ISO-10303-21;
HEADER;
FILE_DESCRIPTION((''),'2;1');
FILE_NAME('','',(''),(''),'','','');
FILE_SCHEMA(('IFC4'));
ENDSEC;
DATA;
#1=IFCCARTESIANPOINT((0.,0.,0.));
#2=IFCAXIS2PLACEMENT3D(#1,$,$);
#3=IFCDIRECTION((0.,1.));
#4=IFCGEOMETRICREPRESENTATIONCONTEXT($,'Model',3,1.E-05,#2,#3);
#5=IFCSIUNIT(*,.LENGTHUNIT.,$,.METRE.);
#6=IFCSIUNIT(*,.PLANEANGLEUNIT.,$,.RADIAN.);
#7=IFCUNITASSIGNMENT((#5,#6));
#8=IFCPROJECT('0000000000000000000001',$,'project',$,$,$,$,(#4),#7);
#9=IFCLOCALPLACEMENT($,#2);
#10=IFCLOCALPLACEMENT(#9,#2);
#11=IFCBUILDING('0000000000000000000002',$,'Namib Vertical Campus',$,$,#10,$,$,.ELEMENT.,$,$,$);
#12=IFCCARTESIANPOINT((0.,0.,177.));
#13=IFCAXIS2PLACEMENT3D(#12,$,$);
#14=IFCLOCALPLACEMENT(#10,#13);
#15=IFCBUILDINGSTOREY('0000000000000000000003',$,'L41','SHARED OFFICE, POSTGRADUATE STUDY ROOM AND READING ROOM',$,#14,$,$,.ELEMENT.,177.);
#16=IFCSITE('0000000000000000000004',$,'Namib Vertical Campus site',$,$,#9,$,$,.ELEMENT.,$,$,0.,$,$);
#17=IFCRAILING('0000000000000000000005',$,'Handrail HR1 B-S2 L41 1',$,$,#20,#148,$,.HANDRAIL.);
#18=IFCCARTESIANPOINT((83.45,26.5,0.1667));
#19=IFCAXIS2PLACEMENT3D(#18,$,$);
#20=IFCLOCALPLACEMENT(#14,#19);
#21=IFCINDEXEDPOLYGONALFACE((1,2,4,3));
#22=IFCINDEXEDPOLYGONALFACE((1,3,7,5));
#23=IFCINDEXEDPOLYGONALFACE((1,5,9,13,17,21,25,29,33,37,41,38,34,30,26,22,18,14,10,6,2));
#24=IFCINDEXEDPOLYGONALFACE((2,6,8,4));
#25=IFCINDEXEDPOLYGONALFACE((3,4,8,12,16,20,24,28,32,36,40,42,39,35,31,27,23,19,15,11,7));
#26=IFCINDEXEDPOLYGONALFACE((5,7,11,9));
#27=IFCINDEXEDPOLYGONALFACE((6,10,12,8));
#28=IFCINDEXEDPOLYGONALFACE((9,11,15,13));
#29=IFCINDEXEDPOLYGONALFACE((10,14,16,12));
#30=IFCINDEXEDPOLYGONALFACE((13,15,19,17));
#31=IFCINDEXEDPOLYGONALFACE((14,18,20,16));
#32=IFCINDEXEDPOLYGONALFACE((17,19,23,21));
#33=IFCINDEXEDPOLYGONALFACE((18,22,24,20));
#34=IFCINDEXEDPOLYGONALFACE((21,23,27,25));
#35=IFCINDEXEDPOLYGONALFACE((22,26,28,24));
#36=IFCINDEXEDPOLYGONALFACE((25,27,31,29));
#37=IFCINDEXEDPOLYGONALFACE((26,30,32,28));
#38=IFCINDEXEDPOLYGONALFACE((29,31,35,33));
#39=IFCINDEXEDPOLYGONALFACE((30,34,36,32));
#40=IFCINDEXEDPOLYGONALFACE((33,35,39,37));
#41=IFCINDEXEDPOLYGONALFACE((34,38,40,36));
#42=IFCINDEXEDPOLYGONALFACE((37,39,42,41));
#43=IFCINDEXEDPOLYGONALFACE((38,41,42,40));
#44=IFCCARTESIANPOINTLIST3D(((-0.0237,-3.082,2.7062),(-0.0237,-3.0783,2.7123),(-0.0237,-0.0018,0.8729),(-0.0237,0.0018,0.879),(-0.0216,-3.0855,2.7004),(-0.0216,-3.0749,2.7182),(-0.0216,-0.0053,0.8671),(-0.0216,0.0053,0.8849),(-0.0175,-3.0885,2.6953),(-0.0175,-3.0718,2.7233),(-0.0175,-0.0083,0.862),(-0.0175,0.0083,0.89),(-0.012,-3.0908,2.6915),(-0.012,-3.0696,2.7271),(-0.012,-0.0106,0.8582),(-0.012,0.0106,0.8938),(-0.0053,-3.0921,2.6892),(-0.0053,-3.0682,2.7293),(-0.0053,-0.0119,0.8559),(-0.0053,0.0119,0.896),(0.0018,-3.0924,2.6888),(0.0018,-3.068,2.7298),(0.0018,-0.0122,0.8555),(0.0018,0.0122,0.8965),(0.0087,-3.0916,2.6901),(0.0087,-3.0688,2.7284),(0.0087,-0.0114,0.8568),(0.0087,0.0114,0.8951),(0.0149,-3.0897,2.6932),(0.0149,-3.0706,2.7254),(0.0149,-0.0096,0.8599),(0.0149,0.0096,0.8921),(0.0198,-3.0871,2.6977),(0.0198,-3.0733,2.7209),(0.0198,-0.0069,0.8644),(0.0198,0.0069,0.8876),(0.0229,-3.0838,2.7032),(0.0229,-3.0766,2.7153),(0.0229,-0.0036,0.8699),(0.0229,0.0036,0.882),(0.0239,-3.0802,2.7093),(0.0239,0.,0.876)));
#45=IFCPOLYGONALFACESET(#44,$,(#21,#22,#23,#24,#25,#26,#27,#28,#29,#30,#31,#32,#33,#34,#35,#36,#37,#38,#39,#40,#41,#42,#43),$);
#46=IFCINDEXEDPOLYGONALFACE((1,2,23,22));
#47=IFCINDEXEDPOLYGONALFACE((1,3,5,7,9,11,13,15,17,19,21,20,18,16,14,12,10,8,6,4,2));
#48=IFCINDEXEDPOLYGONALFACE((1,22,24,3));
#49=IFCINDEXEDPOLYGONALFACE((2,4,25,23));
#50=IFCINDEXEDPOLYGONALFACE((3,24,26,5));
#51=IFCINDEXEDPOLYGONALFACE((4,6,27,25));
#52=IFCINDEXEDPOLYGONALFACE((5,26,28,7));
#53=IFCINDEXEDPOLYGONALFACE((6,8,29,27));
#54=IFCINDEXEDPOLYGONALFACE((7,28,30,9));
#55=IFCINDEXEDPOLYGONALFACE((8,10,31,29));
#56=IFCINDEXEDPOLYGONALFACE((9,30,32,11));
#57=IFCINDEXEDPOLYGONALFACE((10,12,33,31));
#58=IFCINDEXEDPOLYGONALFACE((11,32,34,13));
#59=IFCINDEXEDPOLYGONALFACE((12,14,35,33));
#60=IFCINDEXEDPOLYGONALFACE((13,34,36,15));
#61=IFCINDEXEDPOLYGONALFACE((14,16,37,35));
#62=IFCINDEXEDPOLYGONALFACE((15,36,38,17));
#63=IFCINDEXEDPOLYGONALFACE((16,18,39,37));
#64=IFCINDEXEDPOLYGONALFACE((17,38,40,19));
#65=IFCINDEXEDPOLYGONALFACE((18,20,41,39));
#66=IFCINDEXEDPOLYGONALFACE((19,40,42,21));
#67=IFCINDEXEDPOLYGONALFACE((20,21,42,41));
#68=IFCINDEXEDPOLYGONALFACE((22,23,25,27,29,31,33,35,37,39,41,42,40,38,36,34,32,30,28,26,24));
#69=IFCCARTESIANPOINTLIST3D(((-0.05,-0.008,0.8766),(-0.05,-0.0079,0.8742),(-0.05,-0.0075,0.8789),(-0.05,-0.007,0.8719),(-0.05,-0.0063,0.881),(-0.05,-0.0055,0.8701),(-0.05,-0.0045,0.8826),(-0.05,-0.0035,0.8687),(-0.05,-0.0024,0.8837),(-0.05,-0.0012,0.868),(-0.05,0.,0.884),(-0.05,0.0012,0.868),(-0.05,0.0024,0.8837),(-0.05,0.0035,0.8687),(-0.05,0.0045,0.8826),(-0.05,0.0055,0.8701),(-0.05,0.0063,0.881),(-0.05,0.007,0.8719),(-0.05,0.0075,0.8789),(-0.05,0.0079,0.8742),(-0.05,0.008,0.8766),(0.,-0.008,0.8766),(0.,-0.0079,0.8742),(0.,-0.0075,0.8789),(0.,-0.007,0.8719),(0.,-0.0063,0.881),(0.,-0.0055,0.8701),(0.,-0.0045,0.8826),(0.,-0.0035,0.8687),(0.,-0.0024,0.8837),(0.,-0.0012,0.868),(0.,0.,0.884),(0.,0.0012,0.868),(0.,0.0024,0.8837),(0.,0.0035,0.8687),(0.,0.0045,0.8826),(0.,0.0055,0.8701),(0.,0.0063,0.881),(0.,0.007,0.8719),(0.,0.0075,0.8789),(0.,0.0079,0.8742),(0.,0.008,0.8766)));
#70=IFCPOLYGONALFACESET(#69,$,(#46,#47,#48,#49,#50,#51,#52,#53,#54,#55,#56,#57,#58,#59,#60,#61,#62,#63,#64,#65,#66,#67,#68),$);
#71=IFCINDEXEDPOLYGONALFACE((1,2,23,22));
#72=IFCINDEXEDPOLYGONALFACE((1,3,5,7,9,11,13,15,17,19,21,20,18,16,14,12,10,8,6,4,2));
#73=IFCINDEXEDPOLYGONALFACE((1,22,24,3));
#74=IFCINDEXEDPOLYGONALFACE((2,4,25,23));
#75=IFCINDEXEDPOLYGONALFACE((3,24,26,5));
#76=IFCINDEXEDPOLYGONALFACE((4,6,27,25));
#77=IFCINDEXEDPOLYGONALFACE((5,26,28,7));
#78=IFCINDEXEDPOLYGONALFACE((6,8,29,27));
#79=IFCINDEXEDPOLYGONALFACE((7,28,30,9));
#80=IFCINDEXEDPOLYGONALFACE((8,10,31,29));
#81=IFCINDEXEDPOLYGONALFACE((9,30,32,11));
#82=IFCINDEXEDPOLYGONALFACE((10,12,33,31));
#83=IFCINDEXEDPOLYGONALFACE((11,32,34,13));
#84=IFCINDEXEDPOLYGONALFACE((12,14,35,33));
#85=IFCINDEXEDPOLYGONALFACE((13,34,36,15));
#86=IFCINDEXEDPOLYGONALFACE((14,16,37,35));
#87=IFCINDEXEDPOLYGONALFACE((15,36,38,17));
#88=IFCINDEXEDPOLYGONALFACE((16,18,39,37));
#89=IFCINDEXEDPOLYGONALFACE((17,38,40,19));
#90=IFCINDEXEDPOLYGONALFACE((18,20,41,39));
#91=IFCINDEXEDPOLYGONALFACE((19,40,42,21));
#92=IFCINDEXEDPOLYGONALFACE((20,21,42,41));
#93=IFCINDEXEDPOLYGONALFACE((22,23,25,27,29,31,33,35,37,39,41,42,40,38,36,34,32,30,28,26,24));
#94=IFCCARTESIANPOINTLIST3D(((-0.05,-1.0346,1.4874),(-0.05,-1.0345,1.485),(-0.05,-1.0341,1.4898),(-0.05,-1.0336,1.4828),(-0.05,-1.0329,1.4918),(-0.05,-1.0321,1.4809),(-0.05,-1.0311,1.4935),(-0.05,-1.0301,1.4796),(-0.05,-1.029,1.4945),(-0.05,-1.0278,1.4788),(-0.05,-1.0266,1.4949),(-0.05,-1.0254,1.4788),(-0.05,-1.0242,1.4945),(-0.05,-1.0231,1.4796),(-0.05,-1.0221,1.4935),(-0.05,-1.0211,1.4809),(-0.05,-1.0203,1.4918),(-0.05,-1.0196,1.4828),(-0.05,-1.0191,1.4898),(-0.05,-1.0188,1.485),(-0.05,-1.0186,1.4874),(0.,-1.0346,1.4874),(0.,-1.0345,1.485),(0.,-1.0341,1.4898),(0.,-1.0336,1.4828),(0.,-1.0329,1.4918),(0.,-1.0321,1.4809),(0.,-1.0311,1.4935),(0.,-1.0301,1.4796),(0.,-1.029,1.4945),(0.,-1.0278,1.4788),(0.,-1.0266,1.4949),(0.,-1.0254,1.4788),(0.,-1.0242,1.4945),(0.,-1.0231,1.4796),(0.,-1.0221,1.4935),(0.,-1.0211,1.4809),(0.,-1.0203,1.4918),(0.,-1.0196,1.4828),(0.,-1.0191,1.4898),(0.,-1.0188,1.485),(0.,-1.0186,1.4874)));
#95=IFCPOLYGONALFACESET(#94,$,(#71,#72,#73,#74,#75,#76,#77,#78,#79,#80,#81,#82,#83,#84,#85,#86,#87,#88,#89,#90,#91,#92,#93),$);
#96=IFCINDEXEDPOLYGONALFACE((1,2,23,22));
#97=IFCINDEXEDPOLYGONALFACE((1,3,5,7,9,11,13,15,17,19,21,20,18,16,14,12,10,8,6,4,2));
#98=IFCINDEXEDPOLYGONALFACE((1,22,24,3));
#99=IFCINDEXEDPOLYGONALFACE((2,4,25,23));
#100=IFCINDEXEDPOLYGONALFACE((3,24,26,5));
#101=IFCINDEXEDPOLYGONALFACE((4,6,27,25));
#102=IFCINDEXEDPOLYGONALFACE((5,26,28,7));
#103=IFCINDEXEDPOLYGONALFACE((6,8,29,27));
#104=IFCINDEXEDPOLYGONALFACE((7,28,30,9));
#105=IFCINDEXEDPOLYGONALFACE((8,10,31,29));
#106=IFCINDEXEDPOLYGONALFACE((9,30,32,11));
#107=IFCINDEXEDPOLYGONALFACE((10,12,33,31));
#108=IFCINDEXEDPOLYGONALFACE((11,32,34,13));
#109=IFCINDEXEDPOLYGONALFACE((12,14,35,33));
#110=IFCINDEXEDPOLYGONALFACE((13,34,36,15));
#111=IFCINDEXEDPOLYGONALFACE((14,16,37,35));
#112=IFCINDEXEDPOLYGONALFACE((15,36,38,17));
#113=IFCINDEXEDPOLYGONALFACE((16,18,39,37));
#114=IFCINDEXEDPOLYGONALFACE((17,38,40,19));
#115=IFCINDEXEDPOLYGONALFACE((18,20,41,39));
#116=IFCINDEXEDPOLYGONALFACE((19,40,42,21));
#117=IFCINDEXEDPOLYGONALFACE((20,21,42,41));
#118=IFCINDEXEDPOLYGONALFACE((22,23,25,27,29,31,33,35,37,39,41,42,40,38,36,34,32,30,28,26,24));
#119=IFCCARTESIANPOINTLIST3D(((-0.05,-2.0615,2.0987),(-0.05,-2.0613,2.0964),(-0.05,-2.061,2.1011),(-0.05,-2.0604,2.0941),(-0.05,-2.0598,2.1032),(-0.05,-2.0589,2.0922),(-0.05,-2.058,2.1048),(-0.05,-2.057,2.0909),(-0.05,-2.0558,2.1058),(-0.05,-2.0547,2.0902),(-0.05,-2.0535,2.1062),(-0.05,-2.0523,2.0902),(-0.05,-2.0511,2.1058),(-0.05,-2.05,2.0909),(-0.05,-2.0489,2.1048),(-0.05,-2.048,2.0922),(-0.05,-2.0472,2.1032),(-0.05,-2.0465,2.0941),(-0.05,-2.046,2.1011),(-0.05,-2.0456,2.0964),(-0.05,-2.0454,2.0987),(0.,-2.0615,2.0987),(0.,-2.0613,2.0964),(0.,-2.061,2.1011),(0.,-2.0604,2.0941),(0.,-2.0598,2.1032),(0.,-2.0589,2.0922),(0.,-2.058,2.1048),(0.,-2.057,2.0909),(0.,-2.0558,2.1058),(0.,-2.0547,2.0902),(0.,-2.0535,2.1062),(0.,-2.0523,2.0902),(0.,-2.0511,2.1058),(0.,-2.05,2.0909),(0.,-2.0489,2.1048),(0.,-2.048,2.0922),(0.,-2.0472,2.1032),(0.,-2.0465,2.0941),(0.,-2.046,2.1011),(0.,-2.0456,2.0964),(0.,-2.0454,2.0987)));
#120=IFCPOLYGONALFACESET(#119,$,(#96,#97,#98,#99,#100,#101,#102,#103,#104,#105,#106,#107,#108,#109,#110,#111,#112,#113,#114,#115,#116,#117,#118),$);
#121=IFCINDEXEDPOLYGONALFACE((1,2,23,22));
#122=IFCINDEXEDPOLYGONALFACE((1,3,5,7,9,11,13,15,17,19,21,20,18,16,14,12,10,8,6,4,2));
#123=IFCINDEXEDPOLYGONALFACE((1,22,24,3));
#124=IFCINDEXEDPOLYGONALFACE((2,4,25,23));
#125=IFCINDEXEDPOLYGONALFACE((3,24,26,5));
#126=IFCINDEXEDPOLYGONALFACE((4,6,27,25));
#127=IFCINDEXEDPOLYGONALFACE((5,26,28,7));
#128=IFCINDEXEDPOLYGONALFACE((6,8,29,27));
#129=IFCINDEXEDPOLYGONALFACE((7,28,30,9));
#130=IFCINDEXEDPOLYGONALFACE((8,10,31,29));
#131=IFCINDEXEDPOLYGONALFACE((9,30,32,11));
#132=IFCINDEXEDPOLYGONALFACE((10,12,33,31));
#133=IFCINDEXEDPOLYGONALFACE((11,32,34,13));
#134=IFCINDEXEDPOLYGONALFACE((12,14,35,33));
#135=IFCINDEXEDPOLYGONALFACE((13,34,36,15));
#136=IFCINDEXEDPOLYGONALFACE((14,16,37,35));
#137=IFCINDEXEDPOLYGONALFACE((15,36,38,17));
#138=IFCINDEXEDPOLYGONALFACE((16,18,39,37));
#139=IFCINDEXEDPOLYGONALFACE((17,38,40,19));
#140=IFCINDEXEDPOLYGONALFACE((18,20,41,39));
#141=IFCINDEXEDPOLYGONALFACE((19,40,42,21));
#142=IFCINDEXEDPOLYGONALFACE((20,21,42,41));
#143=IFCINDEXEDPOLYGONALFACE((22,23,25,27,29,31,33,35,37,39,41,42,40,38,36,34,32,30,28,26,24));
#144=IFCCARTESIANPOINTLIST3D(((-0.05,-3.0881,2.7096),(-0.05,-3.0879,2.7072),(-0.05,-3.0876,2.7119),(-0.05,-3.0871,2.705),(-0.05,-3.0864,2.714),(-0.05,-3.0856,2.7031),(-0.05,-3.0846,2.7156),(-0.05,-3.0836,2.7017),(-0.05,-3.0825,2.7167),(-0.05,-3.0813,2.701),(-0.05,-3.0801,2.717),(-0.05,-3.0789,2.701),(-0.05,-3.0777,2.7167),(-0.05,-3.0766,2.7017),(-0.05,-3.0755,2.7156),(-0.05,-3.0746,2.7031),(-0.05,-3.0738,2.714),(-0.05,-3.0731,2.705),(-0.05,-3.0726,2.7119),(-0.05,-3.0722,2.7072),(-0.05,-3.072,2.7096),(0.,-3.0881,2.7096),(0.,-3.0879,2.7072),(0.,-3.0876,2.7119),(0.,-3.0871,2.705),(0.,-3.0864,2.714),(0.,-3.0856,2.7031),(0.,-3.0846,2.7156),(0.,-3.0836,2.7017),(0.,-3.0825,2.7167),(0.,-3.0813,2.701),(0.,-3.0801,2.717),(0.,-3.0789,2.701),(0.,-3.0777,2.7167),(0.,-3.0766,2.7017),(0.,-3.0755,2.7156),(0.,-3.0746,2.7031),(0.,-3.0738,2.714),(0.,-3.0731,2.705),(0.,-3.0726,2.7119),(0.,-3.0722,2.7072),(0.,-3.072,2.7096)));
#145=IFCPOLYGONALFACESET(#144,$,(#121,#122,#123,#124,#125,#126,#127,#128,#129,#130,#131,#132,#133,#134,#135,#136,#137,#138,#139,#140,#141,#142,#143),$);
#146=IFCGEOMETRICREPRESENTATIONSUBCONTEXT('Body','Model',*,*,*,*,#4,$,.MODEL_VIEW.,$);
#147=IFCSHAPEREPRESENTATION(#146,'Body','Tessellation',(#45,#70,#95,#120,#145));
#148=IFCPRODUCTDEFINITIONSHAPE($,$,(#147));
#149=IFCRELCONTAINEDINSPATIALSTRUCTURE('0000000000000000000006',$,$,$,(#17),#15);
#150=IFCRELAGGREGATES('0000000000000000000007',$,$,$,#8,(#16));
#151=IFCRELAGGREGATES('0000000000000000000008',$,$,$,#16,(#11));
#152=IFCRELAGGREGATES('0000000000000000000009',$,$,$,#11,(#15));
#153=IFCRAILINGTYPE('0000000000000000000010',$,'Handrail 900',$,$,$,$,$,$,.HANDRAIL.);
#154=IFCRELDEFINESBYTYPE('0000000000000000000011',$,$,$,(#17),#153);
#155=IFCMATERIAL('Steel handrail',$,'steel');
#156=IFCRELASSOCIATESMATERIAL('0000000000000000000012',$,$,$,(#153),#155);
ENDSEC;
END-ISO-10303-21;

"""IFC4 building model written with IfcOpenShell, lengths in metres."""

from ifc_helpers import new_model, si_unit, direction, frame, origin, origin_2d, place, context, subcontext, project, spatial, circle, extrude, material, type_object, element, save


model = new_model("IFC4")

# Units and contexts
model_context = context("Model", 3, precision=1e-05, world=origin(), true_north=direction((0.0, 1.0)))
body_context = subcontext(model_context, "Body", "Model", "MODEL_VIEW")
ifc_project = project(units=[si_unit("LENGTHUNIT", "METRE"), si_unit("PLANEANGLEUNIT", "RADIAN")], contexts=[model_context])

# Site, building, storey
site_placement = place(None, origin())
site = spatial("IfcSite", under=ifc_project, at=site_placement, Name="Namib Vertical Campus site", CompositionType="ELEMENT", RefElevation=0.0)
building_placement = place(site_placement, origin())
building = spatial("IfcBuilding", under=site, at=building_placement, Name="Namib Vertical Campus", CompositionType="ELEMENT")
storey_placement = place(building_placement, frame((0.0, 0.0, 177.0)))
storey = spatial("IfcBuildingStorey", under=building, at=storey_placement, Name="L41", Description="SHARED OFFICE, POSTGRADUATE STUDY ROOM AND READING ROOM", CompositionType="ELEMENT", Elevation=177.0)

# Railing
ifc_material_1 = material(Name="Steel handrail", Category="steel")
railing_type = type_object("IfcRailingType", Name="Handrail 900", PredefinedType="HANDRAIL", material=ifc_material_1)
railing_1_placement = place(storey_placement, frame((83.45, 26.5, 0.1667)))
element("IfcRailing", 1, at=railing_1_placement, inside=storey, type_object=railing_type, Name="Handrail HR1 B-S2 L41 1", PredefinedType="HANDRAIL", context=body_context, shape_type="SweptSolid", body=[
    extrude(circle(Radius=0.0239, at=origin_2d()), frame((0.0, 0.0, 0.876), z_axis=(0.0, -0.859309, 0.511458), x_axis=(1.0, 0.0, 0.0)), (0.0, 0.0, 1.0), 3.5845),
    extrude(circle(Radius=0.0081, at=origin_2d()), frame((0.0, 0.0, 0.876), z_axis=(-1.0, 0.0, 0.0), x_axis=(0.0, 0.0, 1.0)), (0.0, 0.0, 1.0), 0.05),
    extrude(circle(Radius=0.0081, at=origin_2d()), frame((0.0, -1.0266, 1.4868), z_axis=(-1.0, 0.0, 0.0), x_axis=(0.0, 0.0, 1.0)), (0.0, 0.0, 1.0), 0.05),
    extrude(circle(Radius=0.0081, at=origin_2d()), frame((0.0, -2.0535, 2.0981), z_axis=(-1.0, 0.0, 0.0), x_axis=(0.0, 0.0, 1.0)), (0.0, 0.0, 1.0), 0.05),
    extrude(circle(Radius=0.0081, at=origin_2d()), frame((0.0, -3.0801, 2.709), z_axis=(-1.0, 0.0, 0.0), x_axis=(0.0, 0.0, 1.0)), (0.0, 0.0, 1.0), 0.05),
])

save(model, "model.ifc")
